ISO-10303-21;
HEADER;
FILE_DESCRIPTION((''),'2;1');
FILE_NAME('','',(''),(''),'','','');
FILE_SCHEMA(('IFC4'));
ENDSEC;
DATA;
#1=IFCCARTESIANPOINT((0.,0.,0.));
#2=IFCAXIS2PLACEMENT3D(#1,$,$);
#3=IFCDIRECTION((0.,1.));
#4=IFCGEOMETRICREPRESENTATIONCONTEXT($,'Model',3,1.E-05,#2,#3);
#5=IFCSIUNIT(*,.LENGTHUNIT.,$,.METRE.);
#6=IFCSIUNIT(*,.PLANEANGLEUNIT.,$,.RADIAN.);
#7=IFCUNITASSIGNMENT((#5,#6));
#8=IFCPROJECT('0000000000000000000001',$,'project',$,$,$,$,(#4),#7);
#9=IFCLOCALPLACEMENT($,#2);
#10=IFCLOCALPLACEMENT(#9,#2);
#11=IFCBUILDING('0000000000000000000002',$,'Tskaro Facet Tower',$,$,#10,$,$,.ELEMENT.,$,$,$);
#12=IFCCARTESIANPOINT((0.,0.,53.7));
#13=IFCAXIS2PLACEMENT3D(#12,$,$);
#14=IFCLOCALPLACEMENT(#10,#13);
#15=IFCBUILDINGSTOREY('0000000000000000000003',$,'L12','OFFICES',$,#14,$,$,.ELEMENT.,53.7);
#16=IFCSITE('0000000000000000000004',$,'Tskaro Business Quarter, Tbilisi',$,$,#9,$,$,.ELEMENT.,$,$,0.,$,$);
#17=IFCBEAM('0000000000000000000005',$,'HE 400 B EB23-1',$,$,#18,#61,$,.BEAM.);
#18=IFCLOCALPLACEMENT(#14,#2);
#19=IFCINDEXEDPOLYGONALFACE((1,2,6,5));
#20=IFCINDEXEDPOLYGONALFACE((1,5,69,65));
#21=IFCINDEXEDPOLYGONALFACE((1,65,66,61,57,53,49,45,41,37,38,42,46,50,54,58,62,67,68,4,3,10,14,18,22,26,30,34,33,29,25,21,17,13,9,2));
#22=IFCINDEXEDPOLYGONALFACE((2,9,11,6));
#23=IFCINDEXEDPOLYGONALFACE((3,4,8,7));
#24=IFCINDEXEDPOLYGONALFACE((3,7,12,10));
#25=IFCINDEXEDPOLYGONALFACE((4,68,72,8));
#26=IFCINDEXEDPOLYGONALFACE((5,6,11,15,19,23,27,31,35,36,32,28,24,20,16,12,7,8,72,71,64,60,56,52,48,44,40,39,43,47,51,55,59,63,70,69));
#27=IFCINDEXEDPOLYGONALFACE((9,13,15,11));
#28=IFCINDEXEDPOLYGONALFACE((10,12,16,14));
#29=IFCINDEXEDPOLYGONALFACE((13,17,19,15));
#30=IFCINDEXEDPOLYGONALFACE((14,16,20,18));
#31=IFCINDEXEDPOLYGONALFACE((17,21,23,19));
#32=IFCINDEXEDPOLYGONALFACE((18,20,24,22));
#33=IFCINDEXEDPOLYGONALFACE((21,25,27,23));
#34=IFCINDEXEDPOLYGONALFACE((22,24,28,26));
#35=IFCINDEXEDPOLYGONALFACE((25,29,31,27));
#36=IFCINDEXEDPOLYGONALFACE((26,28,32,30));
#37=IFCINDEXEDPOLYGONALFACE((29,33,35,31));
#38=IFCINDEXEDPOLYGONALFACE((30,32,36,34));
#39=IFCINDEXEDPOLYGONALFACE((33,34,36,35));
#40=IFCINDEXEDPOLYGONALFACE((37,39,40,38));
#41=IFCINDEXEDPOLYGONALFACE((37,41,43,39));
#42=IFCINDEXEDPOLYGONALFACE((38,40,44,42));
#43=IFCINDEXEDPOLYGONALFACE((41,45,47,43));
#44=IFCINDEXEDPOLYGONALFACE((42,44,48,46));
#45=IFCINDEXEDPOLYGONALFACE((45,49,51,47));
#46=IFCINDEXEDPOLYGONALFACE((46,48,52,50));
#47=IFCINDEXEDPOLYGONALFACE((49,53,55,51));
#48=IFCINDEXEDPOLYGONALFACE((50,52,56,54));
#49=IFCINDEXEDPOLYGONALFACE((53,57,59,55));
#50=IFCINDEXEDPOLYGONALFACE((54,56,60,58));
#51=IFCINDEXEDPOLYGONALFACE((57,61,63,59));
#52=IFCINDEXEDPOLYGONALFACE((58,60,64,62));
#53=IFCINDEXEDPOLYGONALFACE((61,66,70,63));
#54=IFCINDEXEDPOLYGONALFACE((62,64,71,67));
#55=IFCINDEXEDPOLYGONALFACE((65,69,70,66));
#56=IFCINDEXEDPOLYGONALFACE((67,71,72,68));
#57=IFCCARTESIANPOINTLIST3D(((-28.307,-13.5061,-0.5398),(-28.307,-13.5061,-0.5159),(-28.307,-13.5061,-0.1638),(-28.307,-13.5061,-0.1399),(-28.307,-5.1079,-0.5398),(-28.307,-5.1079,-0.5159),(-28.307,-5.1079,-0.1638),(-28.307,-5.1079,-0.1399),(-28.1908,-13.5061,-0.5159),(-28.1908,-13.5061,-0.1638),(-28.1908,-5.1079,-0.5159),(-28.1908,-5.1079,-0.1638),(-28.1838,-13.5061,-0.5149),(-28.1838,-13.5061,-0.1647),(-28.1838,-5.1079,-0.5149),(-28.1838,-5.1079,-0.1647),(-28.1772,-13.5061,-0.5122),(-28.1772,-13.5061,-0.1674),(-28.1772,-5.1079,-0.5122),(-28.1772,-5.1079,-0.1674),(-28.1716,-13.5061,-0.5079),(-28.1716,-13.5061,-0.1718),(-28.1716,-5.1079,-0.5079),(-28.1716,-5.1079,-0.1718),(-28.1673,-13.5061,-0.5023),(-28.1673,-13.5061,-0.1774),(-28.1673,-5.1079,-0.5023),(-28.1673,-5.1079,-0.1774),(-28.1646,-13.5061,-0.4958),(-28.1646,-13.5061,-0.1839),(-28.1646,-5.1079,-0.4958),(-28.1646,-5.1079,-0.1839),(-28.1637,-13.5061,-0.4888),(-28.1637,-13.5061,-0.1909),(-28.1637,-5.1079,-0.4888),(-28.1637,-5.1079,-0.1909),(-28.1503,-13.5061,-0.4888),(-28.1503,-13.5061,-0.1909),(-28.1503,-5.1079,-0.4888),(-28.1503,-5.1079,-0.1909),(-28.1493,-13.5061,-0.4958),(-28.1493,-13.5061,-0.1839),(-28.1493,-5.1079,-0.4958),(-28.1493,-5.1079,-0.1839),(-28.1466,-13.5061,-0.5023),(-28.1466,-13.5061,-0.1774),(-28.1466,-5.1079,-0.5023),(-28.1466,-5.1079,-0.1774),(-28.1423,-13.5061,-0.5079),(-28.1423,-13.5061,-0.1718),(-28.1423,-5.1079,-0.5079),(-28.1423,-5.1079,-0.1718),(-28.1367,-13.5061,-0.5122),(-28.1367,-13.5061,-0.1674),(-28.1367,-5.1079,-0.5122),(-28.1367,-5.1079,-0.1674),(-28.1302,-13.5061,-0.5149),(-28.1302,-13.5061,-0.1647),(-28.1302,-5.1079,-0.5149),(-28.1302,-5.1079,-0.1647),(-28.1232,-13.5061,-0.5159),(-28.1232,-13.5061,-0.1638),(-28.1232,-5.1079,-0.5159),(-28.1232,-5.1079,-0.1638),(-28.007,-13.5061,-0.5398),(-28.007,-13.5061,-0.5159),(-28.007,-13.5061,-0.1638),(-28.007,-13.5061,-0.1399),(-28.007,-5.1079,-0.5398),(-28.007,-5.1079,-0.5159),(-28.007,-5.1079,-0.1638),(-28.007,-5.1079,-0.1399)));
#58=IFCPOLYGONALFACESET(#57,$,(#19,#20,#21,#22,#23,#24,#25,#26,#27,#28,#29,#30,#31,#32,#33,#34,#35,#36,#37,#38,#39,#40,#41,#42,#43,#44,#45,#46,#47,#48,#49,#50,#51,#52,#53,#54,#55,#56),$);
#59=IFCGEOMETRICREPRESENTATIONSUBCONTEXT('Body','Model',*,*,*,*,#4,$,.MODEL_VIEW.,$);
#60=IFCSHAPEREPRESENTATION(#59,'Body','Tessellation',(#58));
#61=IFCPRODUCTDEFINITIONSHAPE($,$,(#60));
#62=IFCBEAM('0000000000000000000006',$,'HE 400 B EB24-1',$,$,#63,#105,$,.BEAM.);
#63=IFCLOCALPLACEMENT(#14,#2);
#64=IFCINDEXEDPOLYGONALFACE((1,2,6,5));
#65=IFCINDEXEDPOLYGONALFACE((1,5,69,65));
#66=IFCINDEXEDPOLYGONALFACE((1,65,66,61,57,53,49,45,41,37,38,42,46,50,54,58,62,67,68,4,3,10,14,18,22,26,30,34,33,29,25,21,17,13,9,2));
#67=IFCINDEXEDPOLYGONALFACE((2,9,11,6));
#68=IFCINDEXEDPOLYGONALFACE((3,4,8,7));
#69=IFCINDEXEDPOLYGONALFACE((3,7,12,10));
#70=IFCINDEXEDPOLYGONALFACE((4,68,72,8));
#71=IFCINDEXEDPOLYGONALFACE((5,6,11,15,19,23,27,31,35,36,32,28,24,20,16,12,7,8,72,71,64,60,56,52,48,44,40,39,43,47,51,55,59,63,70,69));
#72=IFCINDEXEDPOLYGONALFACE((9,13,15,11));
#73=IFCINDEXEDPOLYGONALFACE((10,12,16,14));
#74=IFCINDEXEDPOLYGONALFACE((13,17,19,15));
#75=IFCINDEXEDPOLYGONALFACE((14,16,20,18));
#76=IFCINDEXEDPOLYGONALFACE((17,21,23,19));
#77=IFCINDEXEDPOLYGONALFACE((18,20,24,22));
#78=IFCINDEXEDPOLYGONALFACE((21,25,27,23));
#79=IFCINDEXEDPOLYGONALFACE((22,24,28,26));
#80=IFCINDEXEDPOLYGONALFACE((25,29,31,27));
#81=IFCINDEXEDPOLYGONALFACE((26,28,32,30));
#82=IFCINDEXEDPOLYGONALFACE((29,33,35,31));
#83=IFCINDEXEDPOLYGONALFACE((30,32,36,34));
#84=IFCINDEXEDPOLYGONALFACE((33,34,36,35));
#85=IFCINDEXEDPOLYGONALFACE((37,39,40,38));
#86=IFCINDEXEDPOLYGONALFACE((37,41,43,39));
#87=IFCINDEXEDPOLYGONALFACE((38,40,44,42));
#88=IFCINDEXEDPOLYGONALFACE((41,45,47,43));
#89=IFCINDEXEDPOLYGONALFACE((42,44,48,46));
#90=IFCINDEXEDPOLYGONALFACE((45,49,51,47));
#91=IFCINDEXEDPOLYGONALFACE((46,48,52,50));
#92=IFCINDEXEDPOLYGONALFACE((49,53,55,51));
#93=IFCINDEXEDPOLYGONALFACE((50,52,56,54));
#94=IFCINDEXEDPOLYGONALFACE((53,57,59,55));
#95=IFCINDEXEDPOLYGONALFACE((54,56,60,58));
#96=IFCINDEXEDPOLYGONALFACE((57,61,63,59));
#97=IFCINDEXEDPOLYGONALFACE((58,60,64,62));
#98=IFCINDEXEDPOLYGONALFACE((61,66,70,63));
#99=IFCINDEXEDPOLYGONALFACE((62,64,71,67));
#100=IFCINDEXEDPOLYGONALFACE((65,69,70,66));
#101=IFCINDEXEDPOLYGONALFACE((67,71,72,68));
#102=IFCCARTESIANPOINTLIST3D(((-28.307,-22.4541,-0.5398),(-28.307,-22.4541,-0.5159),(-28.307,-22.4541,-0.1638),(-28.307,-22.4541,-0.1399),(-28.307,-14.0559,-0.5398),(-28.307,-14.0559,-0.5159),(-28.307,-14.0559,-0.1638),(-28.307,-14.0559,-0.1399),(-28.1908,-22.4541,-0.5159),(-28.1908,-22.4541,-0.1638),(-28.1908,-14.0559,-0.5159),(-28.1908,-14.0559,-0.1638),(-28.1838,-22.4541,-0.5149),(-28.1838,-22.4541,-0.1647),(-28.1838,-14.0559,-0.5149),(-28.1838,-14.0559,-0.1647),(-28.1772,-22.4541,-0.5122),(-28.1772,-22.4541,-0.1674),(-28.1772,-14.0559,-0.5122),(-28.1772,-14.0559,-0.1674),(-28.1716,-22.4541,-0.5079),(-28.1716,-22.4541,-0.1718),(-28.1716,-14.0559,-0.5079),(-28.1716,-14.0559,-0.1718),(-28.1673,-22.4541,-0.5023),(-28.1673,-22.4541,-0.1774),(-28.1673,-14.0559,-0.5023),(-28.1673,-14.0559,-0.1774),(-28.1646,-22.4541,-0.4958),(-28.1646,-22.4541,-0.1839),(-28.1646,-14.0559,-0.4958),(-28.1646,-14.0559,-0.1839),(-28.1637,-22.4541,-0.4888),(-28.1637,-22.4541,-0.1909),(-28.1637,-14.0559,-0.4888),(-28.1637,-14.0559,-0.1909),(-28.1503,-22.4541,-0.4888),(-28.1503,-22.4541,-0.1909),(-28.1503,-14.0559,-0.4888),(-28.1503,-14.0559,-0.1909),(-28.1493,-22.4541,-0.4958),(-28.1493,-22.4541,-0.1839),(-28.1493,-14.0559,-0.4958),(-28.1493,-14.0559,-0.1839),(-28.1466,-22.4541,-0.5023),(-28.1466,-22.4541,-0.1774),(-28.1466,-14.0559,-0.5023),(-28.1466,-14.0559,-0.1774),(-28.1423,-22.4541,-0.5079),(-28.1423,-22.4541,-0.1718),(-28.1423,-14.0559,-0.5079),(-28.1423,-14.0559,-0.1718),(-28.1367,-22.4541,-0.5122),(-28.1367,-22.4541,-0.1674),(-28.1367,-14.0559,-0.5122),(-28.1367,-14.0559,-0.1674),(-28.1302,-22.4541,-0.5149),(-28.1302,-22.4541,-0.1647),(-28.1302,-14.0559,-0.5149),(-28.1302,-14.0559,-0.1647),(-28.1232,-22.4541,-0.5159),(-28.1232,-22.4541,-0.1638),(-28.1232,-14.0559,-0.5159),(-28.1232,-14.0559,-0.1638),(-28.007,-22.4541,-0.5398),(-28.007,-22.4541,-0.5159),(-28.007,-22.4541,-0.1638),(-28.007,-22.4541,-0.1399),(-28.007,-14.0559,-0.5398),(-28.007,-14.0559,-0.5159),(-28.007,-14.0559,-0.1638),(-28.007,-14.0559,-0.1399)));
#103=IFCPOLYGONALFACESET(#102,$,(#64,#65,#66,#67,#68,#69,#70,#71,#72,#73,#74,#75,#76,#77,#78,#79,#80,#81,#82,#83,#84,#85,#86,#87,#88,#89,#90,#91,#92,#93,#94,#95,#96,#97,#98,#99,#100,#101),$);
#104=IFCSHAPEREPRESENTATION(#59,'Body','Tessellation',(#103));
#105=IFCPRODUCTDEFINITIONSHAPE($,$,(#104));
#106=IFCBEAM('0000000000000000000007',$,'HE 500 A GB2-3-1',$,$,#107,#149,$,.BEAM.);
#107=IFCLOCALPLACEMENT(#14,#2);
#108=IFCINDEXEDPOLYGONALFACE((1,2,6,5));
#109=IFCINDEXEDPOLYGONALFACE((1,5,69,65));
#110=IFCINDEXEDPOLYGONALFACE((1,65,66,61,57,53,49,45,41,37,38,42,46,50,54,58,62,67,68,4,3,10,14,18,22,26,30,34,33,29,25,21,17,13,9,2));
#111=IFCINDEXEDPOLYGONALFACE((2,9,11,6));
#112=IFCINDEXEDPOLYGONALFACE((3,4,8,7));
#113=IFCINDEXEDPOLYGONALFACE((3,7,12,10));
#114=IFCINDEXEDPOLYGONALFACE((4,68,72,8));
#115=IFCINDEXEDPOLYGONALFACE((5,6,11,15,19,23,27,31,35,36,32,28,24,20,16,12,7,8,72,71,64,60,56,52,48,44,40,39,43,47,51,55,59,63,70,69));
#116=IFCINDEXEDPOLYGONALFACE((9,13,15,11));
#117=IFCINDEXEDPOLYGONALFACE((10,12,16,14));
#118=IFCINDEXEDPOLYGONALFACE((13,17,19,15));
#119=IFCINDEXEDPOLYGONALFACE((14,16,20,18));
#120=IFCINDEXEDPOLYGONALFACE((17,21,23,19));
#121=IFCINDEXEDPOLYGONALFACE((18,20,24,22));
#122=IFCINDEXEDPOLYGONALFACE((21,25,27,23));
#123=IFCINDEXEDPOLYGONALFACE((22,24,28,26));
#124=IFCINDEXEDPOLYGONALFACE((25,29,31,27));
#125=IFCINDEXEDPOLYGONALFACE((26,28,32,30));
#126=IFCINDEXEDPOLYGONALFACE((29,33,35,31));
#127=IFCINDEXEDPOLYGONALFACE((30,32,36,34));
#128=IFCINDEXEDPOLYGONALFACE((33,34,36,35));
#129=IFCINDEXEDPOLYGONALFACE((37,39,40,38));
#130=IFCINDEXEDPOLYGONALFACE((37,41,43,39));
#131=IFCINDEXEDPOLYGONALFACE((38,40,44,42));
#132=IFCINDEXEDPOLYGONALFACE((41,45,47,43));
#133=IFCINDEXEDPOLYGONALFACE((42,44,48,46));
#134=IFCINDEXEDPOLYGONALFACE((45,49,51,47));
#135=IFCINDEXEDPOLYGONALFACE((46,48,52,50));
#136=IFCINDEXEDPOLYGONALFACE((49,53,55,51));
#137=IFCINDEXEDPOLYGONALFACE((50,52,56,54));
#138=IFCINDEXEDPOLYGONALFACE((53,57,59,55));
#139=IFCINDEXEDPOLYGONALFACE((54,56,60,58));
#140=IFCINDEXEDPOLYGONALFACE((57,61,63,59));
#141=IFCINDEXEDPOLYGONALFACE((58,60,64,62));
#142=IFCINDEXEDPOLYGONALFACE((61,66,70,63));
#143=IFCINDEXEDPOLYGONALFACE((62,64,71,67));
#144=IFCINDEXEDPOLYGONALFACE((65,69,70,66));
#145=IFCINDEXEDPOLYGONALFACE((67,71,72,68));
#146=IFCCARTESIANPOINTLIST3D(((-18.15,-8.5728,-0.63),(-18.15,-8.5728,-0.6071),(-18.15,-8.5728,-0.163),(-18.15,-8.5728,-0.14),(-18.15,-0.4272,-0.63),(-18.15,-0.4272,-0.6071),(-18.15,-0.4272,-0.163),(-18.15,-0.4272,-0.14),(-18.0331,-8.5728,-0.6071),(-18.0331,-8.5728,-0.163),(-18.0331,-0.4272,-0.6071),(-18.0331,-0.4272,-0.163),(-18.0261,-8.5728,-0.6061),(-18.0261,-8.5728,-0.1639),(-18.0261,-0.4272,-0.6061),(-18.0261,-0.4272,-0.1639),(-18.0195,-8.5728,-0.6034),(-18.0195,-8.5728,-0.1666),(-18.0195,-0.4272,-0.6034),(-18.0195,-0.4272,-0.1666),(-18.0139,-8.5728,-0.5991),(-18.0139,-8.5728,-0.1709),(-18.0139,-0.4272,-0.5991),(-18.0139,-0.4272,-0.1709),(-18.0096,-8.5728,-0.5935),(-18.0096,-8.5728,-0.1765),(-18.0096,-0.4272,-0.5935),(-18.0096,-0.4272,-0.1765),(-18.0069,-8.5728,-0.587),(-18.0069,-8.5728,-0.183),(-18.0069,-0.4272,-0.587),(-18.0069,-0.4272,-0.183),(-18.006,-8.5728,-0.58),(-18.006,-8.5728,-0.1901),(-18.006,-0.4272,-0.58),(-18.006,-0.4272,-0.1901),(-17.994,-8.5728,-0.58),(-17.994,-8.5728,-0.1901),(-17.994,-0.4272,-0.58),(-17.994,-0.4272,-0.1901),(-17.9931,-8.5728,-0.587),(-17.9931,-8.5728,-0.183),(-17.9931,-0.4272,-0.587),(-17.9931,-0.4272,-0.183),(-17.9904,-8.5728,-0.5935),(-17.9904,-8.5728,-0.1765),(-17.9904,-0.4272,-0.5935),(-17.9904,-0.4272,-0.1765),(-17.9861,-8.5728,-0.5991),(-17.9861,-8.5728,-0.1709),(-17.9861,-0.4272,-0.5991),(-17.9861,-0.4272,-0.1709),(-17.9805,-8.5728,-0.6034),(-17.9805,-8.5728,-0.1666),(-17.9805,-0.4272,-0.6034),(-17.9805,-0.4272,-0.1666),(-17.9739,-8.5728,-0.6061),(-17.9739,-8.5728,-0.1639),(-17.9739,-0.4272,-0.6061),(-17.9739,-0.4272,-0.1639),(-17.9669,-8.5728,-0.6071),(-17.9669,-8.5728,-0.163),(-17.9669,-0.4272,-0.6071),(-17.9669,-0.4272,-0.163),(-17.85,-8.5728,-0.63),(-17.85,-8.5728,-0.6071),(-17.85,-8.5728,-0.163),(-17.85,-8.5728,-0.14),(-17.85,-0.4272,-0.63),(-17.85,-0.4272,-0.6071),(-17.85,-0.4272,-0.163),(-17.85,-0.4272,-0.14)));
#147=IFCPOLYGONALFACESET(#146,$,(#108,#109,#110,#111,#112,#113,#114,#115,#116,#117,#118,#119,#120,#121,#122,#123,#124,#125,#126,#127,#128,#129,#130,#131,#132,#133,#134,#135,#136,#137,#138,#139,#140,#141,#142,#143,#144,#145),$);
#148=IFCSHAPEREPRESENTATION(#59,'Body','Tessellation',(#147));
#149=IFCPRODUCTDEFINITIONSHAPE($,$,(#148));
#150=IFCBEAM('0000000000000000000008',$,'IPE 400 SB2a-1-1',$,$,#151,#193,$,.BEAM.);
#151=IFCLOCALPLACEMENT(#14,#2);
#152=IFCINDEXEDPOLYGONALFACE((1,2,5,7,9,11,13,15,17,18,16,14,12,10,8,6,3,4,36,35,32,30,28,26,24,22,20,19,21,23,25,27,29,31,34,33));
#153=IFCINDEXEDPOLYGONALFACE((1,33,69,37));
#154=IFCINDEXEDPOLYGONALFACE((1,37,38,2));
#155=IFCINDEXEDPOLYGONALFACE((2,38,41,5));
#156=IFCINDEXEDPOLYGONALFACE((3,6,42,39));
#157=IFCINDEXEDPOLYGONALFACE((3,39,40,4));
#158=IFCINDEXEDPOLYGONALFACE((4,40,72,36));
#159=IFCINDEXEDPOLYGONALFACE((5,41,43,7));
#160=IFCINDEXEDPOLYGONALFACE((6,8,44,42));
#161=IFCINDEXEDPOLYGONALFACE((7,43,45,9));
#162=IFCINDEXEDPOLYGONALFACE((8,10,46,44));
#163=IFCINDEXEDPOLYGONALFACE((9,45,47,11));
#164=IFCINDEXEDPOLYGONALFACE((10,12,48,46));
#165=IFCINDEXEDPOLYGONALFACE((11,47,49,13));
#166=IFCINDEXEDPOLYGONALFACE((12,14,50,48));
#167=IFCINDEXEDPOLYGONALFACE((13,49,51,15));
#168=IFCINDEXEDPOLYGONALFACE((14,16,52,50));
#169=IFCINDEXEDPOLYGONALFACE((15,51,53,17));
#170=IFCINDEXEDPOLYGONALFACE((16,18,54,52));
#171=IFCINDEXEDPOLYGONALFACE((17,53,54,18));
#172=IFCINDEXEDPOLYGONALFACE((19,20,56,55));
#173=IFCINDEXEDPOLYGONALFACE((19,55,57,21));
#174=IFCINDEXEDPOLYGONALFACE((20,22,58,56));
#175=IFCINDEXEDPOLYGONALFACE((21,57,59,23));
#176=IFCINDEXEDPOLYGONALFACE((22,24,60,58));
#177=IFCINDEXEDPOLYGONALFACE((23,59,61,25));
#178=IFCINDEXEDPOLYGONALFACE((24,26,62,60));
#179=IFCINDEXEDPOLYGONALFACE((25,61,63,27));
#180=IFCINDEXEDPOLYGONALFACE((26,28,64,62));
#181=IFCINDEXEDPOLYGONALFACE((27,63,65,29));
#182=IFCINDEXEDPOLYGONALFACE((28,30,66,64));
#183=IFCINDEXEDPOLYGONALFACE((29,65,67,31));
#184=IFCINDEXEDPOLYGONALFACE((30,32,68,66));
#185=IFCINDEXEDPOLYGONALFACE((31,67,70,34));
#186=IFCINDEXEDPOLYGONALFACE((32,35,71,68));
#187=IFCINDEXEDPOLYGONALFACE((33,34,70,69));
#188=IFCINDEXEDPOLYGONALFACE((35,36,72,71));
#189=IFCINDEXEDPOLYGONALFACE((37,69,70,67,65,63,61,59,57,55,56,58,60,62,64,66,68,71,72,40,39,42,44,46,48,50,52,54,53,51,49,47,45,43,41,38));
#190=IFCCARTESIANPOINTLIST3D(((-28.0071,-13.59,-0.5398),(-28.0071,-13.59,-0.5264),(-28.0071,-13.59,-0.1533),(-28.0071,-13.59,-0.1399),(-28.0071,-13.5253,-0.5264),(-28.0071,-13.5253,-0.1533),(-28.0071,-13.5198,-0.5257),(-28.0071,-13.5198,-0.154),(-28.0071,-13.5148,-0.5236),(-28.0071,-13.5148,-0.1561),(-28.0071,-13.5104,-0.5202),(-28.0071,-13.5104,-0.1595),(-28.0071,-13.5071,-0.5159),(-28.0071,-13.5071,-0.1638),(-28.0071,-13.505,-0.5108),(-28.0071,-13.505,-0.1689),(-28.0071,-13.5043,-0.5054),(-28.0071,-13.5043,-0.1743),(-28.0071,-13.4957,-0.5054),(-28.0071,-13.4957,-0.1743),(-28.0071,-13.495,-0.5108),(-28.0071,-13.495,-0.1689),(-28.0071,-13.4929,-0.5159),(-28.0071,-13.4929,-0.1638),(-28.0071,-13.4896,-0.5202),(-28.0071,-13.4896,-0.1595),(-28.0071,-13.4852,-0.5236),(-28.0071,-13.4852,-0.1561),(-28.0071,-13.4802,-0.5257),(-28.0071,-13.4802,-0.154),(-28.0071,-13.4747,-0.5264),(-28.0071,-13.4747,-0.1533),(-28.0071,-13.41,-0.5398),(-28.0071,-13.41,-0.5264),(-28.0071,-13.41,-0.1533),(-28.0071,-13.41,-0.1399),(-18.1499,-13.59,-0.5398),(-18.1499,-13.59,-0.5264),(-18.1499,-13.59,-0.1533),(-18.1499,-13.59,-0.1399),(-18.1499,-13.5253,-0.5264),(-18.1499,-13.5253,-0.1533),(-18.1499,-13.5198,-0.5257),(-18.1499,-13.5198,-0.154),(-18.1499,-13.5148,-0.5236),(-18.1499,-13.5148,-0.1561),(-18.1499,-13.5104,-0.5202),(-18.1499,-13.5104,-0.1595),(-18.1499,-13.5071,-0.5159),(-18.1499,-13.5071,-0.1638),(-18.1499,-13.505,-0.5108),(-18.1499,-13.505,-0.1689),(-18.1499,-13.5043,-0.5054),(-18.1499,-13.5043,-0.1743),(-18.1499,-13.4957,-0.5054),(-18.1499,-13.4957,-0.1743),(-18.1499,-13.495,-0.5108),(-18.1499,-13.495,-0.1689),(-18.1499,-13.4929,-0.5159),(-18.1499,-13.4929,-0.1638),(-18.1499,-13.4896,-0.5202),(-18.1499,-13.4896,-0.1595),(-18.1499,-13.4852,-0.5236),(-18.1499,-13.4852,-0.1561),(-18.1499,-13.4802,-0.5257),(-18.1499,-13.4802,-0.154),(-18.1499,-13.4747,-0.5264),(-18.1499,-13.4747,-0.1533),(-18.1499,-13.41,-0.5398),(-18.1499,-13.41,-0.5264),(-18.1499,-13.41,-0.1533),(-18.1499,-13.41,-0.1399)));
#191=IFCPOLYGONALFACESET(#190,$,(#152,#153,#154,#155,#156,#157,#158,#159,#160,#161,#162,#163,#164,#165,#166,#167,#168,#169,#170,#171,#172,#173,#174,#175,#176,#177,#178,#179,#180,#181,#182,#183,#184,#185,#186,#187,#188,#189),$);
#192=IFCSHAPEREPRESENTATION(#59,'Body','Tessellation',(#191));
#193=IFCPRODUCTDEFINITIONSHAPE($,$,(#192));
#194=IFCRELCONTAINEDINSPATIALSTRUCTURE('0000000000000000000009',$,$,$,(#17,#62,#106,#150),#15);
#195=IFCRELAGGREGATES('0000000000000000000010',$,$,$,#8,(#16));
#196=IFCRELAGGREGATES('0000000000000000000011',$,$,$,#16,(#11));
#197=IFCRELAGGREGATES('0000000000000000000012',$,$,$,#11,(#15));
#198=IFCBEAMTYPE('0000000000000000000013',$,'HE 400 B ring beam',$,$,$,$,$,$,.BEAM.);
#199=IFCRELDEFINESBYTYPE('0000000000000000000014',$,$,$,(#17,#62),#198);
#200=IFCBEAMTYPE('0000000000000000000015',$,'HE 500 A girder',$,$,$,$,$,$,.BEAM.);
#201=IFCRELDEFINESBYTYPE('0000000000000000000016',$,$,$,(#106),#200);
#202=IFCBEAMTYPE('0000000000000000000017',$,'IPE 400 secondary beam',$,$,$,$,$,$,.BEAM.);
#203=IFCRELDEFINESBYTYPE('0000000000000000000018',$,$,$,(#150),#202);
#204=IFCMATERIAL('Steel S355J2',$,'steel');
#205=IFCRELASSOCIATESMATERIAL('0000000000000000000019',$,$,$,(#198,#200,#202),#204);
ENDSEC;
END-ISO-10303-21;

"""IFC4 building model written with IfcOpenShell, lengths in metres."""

from ifc_helpers import new_model, si_unit, direction, frame, origin, origin_2d, place, context, subcontext, project, spatial, i_section, extrude, material, material_profile, profile_set, type_object, element, save


model = new_model("IFC4")

# Units and contexts
model_context = context("Model", 3, precision=1e-05, world=origin(), true_north=direction((0.0, 1.0)))
body_context = subcontext(model_context, "Body", "Model", "MODEL_VIEW")
ifc_project = project(units=[si_unit("LENGTHUNIT", "METRE"), si_unit("PLANEANGLEUNIT", "RADIAN")], contexts=[model_context])

# Site, building, storey
site_placement = place(None, origin())
site = spatial("IfcSite", under=ifc_project, at=site_placement, Name="Tskaro Business Quarter, Tbilisi", CompositionType="ELEMENT", RefElevation=0.0)
building_placement = place(site_placement, origin())
building = spatial("IfcBuilding", under=site, at=building_placement, Name="Tskaro Facet Tower", CompositionType="ELEMENT")
storey_placement = place(building_placement, frame((0.0, 0.0, 53.7)))
storey = spatial("IfcBuildingStorey", under=building, at=storey_placement, Name="L12", Description="OFFICES", CompositionType="ELEMENT", Elevation=53.7)

# Beams
ifc_material_1 = material(Name="Steel S355J2", Category="steel")
ifc_material_profile_1 = material_profile(ifc_material_1, i_section(OverallWidth=0.3, OverallDepth=0.3999, WebThickness=0.0134, FlangeThickness=0.0239, FilletRadius=0.0271, at=origin_2d()), Name="HE 400 B")
ifc_profile_set_1 = profile_set([ifc_material_profile_1], Name="Steel S355J2")
beam_type_1 = type_object("IfcBeamType", Name="HE 400 B ring beam", PredefinedType="BEAM", material=ifc_profile_set_1)
for number, where, z_axis, x_axis, name in (
    (1, (-28.157, -5.1079, -0.3398), (0.0, -1.0, 0.0), (1.0, 0.0, 0.0), "HE 400 B EB23-1"),
    (2, (-28.157, -14.0559, -0.3398), (0.0, -1.0, 0.0), (1.0, 0.0, 0.0), "HE 400 B EB24-1"),
):
    element("IfcBeam", number, at=place(storey_placement, frame(where, z_axis=z_axis, x_axis=x_axis)), inside=storey, type_object=beam_type_1, Name=name, PredefinedType="BEAM", context=body_context, shape_type="SweptSolid", body=[
        extrude(i_section(OverallWidth=0.3, OverallDepth=0.3999, WebThickness=0.0134, FlangeThickness=0.0239, FilletRadius=0.0271, at=origin_2d()), origin(), (0.0, 0.0, 1.0), 8.3982),
    ])
ifc_material_profile_2 = material_profile(ifc_material_1, i_section(OverallWidth=0.3, OverallDepth=0.49, WebThickness=0.012, FlangeThickness=0.0229, FilletRadius=0.0271, at=origin_2d()), Name="HE 500 A")
ifc_profile_set_2 = profile_set([ifc_material_profile_2], Name="Steel S355J2")
beam_type_2 = type_object("IfcBeamType", Name="HE 500 A girder", PredefinedType="BEAM", material=ifc_profile_set_2)
beam_1_placement = place(storey_placement, frame((-18.0, -8.5728, -0.385), z_axis=(0.0, 1.0, 0.0), x_axis=(-1.0, 0.0, 0.0)))
element("IfcBeam", 3, at=beam_1_placement, inside=storey, type_object=beam_type_2, Name="HE 500 A GB2-3-1", PredefinedType="BEAM", context=body_context, shape_type="SweptSolid", body=[
    extrude(i_section(OverallWidth=0.3, OverallDepth=0.49, WebThickness=0.012, FlangeThickness=0.0229, FilletRadius=0.0271, at=origin_2d()), origin(), (0.0, 0.0, 1.0), 8.1455),
])
ifc_material_profile_3 = material_profile(ifc_material_1, i_section(OverallWidth=0.1799, OverallDepth=0.3999, WebThickness=0.0085, FlangeThickness=0.0134, FilletRadius=0.021, at=origin_2d()), Name="IPE 400")
ifc_profile_set_3 = profile_set([ifc_material_profile_3], Name="Steel S355J2")
beam_type_3 = type_object("IfcBeamType", Name="IPE 400 secondary beam", PredefinedType="BEAM", material=ifc_profile_set_3)
beam_2_placement = place(storey_placement, frame((-28.0071, -13.5, -0.3398), z_axis=(1.0, 0.0, 0.0), x_axis=(0.0, 1.0, 0.0)))
element("IfcBeam", 4, at=beam_2_placement, inside=storey, type_object=beam_type_3, Name="IPE 400 SB2a-1-1", PredefinedType="BEAM", context=body_context, shape_type="SweptSolid", body=[
    extrude(i_section(OverallWidth=0.1799, OverallDepth=0.3999, WebThickness=0.0085, FlangeThickness=0.0134, FilletRadius=0.021, at=origin_2d()), origin(), (0.0, 0.0, 1.0), 9.8572),
])

save(model, "model.ifc")
